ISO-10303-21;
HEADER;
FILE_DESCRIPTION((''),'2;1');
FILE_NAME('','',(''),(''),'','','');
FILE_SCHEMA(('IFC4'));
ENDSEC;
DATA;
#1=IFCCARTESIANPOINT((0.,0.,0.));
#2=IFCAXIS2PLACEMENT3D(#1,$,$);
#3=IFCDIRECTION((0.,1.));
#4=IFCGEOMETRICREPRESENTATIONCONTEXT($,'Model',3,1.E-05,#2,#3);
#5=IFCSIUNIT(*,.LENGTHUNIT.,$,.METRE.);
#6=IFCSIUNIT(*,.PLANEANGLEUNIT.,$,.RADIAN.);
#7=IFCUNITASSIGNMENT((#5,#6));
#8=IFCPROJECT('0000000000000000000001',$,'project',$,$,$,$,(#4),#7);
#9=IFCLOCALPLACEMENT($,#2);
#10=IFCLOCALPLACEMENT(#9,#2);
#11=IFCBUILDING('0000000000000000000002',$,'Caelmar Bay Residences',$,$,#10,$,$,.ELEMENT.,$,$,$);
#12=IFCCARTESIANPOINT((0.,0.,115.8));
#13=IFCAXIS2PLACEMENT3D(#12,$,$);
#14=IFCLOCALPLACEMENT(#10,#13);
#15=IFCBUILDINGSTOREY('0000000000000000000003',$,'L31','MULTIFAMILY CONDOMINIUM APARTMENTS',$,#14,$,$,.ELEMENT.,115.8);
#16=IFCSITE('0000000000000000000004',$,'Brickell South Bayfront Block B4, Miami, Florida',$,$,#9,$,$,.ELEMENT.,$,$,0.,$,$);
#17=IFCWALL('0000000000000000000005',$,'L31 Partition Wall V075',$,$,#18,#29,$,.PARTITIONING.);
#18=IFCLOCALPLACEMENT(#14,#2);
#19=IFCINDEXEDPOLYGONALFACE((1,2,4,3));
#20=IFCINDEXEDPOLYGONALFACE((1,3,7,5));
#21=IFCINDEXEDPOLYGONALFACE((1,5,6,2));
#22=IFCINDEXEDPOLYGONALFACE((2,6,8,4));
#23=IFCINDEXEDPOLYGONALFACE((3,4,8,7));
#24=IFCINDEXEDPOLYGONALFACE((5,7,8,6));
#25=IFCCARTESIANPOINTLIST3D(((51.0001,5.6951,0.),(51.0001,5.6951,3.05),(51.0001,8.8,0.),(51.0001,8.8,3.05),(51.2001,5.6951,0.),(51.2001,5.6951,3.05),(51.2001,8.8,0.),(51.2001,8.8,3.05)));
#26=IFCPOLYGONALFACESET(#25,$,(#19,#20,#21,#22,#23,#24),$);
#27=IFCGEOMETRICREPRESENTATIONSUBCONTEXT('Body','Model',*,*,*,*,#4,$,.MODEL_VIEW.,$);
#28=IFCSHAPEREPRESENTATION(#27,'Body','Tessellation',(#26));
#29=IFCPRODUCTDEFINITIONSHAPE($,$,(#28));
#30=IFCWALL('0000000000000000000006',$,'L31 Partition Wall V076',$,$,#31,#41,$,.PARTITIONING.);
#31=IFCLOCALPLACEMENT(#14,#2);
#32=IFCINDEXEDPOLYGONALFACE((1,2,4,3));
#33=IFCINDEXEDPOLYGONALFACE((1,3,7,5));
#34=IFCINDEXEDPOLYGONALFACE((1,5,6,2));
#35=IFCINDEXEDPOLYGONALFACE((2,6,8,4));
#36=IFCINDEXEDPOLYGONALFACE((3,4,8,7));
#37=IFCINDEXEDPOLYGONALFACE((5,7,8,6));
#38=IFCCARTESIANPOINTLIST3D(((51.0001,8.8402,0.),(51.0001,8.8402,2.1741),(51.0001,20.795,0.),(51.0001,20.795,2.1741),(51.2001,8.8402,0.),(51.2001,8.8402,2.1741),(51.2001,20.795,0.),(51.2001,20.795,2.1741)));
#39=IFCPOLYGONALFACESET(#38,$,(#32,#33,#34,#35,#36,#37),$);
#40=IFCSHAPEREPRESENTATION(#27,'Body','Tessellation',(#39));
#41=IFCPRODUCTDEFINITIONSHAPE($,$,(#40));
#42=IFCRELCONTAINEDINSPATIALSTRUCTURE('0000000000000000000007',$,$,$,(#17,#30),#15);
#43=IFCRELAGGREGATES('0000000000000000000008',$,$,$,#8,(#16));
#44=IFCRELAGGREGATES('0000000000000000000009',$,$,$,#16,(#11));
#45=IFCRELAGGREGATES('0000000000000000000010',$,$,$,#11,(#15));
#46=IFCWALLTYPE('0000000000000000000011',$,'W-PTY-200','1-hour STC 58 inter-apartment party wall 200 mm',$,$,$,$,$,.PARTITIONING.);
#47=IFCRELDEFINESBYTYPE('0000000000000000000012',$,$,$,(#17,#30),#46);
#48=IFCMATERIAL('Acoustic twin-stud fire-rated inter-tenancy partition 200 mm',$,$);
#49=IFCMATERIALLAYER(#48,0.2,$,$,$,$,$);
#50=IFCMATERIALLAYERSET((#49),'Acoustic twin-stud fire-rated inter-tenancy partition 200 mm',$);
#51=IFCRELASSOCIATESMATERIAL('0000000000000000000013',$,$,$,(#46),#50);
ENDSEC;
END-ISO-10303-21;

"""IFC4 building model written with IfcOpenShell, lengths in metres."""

from ifc_helpers import new_model, si_unit, direction, frame, frame_2d, origin, place, context, subcontext, project, spatial, rectangle, extrude, material, layer, layer_set, type_object, element, save


model = new_model("IFC4")

# Units and contexts
model_context = context("Model", 3, precision=1e-05, world=origin(), true_north=direction((0.0, 1.0)))
body_context = subcontext(model_context, "Body", "Model", "MODEL_VIEW")
ifc_project = project(units=[si_unit("LENGTHUNIT", "METRE"), si_unit("PLANEANGLEUNIT", "RADIAN")], contexts=[model_context])

# Site, building, storey
site_placement = place(None, origin())
site = spatial("IfcSite", under=ifc_project, at=site_placement, Name="Brickell South Bayfront Block B4, Miami, Florida", CompositionType="ELEMENT", RefElevation=0.0)
building_placement = place(site_placement, origin())
building = spatial("IfcBuilding", under=site, at=building_placement, Name="Caelmar Bay Residences", CompositionType="ELEMENT")
storey_placement = place(building_placement, frame((0.0, 0.0, 115.8)))
storey = spatial("IfcBuildingStorey", under=building, at=storey_placement, Name="L31", Description="MULTIFAMILY CONDOMINIUM APARTMENTS", CompositionType="ELEMENT", Elevation=115.8)

# Walls
ifc_material_1 = material(Name="Acoustic twin-stud fire-rated inter-tenancy partition 200 mm")
ifc_layer_1 = layer(ifc_material_1, 0.2)
ifc_layer_set_1 = layer_set([ifc_layer_1], Name="Acoustic twin-stud fire-rated inter-tenancy partition 200 mm")
wall_type_1 = type_object("IfcWallType", Name="W-PTY-200", Description="1-hour STC 58 inter-apartment party wall 200 mm", PredefinedType="PARTITIONING", material=ifc_layer_set_1)
wall_1_placement = place(storey_placement, frame((51.1001, 5.6951, 0.0), z_axis=(0.0, 0.0, 1.0), x_axis=(0.0, 1.0, 0.0)))
element("IfcWall", 1, at=wall_1_placement, inside=storey, type_object=wall_type_1, Name="L31 Partition Wall V075", PredefinedType="PARTITIONING", context=body_context, shape_type="SweptSolid", body=[
    extrude(rectangle(XDim=3.105, YDim=0.2, at=frame_2d((1.5525, 0.0))), origin(), (0.0, 0.0, 1.0), 3.05),
])
wall_2_placement = place(storey_placement, frame((51.1001, 8.8401, 0.0), z_axis=(0.0, 0.0, 1.0), x_axis=(0.0, 1.0, 0.0)))
element("IfcWall", 2, at=wall_2_placement, inside=storey, type_object=wall_type_1, Name="L31 Partition Wall V076", PredefinedType="PARTITIONING", context=body_context, shape_type="SweptSolid", body=[
    extrude(rectangle(XDim=11.9548, YDim=0.2, at=frame_2d((5.9775, 0.0))), origin(), (0.0, 0.0, 1.0), 2.1741),
])

save(model, "model.ifc")
